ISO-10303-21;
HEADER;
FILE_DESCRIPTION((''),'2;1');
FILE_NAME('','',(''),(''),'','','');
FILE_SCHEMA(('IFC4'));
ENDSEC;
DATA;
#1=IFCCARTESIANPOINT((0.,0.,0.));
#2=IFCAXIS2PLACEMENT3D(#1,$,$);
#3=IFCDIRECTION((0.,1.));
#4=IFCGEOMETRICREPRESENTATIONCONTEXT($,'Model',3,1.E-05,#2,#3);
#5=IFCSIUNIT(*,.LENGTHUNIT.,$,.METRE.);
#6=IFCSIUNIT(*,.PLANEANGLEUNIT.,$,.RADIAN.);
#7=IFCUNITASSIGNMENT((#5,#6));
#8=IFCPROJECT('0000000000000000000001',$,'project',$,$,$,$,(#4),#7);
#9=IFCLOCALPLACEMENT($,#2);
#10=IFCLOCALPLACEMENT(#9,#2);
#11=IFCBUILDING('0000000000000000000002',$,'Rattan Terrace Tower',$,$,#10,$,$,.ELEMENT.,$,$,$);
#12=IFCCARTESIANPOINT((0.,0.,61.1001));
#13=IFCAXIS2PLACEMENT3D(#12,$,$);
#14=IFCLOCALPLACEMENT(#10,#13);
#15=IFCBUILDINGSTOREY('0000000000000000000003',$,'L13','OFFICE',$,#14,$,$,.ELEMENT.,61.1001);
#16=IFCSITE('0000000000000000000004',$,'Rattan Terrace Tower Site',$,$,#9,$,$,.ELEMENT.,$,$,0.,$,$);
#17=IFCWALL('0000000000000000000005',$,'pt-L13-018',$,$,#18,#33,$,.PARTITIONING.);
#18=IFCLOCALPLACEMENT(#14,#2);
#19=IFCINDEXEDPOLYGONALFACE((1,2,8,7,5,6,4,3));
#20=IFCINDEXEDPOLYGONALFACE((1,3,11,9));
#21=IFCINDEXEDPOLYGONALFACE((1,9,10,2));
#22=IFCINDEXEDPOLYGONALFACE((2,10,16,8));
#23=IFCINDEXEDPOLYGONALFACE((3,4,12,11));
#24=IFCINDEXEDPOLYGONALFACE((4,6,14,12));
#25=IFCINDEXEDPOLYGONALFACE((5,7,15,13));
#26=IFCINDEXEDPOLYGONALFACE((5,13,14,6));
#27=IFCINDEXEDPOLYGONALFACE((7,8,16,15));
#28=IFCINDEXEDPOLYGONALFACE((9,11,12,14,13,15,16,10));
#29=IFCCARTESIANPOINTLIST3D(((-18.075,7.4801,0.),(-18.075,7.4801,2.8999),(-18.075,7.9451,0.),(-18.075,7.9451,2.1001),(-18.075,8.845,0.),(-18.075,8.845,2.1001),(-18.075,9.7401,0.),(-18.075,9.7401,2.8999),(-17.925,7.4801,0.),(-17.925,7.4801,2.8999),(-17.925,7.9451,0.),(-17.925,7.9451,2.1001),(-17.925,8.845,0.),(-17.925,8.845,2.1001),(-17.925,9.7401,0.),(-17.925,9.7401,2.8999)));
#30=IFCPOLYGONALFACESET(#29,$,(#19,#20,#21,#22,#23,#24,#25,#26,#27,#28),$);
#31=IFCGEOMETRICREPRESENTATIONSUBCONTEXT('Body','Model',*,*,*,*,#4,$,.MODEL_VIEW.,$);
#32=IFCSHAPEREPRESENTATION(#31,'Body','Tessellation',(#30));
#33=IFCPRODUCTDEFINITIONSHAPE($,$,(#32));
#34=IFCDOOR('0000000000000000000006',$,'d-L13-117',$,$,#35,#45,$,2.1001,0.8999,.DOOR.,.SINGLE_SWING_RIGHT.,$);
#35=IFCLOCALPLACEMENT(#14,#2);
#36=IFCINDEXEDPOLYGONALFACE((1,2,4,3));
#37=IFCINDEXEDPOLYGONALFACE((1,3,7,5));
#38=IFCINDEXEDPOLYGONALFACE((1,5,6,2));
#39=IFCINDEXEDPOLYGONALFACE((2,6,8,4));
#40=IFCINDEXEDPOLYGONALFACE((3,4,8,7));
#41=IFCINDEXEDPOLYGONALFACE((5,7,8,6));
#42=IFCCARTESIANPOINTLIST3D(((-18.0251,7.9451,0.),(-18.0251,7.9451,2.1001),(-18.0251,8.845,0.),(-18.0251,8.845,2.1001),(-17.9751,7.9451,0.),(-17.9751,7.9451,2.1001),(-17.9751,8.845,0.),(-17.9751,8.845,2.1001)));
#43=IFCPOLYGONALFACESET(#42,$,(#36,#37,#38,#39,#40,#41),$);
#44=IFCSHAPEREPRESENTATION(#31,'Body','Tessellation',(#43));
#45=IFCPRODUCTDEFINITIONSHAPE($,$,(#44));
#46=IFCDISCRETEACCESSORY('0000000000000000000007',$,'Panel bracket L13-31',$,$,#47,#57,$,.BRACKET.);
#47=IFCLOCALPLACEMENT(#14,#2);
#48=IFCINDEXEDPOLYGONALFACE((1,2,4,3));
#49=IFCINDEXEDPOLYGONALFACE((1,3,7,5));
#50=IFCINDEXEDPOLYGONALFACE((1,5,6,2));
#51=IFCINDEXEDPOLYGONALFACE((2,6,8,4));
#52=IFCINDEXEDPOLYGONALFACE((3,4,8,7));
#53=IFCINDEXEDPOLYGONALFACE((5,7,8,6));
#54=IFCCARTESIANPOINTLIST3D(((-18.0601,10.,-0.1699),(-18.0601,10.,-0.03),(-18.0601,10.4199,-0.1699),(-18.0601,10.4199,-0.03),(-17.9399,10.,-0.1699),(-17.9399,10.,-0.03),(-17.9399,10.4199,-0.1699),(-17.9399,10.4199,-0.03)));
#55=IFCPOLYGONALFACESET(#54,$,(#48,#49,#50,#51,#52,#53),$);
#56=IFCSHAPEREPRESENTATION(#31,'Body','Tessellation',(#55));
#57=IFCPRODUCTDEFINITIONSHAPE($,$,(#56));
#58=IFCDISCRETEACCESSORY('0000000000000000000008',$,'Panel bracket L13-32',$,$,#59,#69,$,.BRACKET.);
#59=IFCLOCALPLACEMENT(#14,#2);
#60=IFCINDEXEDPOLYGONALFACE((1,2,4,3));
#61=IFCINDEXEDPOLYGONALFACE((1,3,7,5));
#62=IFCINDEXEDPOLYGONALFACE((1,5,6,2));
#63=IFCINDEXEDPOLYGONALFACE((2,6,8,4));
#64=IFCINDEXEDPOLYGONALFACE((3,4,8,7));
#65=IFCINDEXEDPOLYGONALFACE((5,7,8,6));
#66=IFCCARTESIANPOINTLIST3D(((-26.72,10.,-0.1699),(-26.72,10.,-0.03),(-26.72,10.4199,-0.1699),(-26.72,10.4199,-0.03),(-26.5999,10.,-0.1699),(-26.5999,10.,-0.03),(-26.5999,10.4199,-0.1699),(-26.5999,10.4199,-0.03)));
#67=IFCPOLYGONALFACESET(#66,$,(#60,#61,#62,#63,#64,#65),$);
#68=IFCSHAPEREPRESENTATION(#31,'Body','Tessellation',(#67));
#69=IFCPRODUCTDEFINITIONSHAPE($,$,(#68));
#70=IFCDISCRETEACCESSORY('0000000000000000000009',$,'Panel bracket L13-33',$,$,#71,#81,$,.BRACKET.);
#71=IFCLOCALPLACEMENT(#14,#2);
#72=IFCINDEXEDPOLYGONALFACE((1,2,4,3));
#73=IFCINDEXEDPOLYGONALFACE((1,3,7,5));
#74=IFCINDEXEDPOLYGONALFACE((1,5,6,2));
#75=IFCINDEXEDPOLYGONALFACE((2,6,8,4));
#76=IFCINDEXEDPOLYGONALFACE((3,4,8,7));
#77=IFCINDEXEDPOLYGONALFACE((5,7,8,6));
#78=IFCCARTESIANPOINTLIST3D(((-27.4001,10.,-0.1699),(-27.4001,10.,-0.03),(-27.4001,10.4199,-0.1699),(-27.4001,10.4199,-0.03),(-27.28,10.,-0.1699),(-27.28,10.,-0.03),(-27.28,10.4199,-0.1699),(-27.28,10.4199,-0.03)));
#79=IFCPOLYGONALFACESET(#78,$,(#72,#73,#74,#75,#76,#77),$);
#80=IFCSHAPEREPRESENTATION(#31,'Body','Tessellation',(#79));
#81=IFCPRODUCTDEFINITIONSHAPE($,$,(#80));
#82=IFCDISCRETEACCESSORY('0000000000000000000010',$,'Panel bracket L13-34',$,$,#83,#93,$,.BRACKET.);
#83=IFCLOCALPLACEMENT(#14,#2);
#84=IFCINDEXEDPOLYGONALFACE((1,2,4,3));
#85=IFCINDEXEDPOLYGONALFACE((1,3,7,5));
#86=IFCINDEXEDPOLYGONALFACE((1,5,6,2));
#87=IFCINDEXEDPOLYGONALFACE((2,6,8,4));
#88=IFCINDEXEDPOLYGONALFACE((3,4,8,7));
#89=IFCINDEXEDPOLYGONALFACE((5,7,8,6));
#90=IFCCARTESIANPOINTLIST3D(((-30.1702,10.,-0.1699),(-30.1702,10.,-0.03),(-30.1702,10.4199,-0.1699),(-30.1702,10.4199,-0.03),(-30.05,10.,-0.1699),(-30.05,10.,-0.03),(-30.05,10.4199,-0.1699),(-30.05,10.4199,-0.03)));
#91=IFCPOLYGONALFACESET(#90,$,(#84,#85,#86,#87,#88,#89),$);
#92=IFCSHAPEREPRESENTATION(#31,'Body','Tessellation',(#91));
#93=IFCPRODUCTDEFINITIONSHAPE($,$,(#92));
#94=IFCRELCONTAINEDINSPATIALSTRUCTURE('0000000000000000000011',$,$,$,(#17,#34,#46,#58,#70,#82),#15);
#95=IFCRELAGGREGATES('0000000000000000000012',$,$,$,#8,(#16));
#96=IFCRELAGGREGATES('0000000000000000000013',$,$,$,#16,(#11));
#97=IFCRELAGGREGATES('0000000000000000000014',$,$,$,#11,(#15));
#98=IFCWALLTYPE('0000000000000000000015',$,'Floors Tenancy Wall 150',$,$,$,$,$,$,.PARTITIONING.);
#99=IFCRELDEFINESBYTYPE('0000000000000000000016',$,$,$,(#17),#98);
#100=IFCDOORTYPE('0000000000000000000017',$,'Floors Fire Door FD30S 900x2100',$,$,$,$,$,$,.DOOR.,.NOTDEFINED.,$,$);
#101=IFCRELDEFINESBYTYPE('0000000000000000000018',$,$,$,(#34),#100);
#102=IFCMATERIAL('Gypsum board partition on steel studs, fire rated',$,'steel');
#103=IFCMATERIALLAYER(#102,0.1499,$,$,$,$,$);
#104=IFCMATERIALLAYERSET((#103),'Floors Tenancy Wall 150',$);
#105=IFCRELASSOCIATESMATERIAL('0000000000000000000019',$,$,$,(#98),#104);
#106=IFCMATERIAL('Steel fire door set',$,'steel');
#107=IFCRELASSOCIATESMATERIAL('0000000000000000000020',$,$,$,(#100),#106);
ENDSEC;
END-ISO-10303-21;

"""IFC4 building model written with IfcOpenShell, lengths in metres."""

from ifc_helpers import new_model, si_unit, direction, frame, frame_2d, origin, origin_2d, place, context, subcontext, project, spatial, rectangle, extrude, material, layer, layer_set, type_object, element, fill, save


model = new_model("IFC4")

# Units and contexts
model_context = context("Model", 3, precision=1e-05, world=origin(), true_north=direction((0.0, 1.0)))
body_context = subcontext(model_context, "Body", "Model", "MODEL_VIEW")
ifc_project = project(units=[si_unit("LENGTHUNIT", "METRE"), si_unit("PLANEANGLEUNIT", "RADIAN")], contexts=[model_context])

# Site, building, storey
site_placement = place(None, origin())
site = spatial("IfcSite", under=ifc_project, at=site_placement, Name="Rattan Terrace Tower Site", CompositionType="ELEMENT", RefElevation=0.0)
building_placement = place(site_placement, origin())
building = spatial("IfcBuilding", under=site, at=building_placement, Name="Rattan Terrace Tower", CompositionType="ELEMENT")
storey_placement = place(building_placement, frame((0.0, 0.0, 61.1001)))
storey = spatial("IfcBuildingStorey", under=building, at=storey_placement, Name="L13", Description="OFFICE", CompositionType="ELEMENT", Elevation=61.1001)

# Shared definitions
ifc_material_1 = material(Name="Gypsum board partition on steel studs, fire rated", Category="steel")
ifc_layer_1 = layer(ifc_material_1, 0.1499)
ifc_layer_set_1 = layer_set([ifc_layer_1], Name="Floors Tenancy Wall 150")
wall_type_1 = type_object("IfcWallType", Name="Floors Tenancy Wall 150", PredefinedType="PARTITIONING", material=ifc_layer_set_1)

# Wall, opening, door
wall_1_placement = place(storey_placement, frame((-18.0, 9.74, 0.0), z_axis=(0.0, 0.0, 1.0), x_axis=(0.0, -1.0, 0.0)))
wall_1 = element("IfcWall", 1, at=wall_1_placement, inside=storey, type_object=wall_type_1, Name="pt-L13-018", PredefinedType="PARTITIONING", context=body_context, shape_type="SweptSolid", body=[
    extrude(rectangle(XDim=2.26, YDim=0.1499, at=frame_2d((1.1299, 0.0))), origin(), (0.0, 0.0, 1.0), 2.8999),
])
opening_1_placement = place(wall_1_placement, frame((0.895, 0.0, 0.0)))
opening_1 = element("IfcOpeningElement", 2, at=opening_1_placement, cuts=wall_1, PredefinedType="OPENING", context=body_context, shape_type="SweptSolid", body=[
    extrude(rectangle(XDim=0.8999, YDim=2.1001, at=frame_2d((0.45, 1.05))), frame((0.0, 0.0854, 0.0), z_axis=(0.0, -1.0, 0.0), x_axis=(1.0, 0.0, 0.0)), (0.0, 0.0, 1.0), 0.1709),
])
ifc_material_2 = material(Name="Steel fire door set", Category="steel")
door_type_1 = type_object("IfcDoorType", Name="Floors Fire Door FD30S 900x2100", OperationType="NOTDEFINED", PredefinedType="DOOR", material=ifc_material_2)
door_1_placement = place(opening_1_placement, origin())
door_1 = element("IfcDoor", 3, at=door_1_placement, inside=storey, type_object=door_type_1, Name="d-L13-117", OperationType="SINGLE_SWING_RIGHT", OverallHeight=2.1001, OverallWidth=0.8999, PredefinedType="DOOR", context=body_context, shape_type="SweptSolid", body=[
    extrude(rectangle(XDim=0.8999, YDim=2.1001, at=frame_2d((0.45, 1.05))), frame((0.0, 0.0249, 0.0), z_axis=(0.0, -1.0, 0.0), x_axis=(1.0, 0.0, 0.0)), (0.0, 0.0, 1.0), 0.05),
])
fill(opening_1, door_1)

# Discrete accessories
for number, where, z_axis, x_axis, name in (
    (4, (-18.0, 10.21, -0.1699), (0.0, 0.0, 1.0), (-1.0, 0.0, 0.0), "Panel bracket L13-31"),
    (5, (-26.6599, 10.21, -0.1699), (0.0, 0.0, 1.0), (-1.0, 0.0, 0.0), "Panel bracket L13-32"),
    (6, (-27.3401, 10.21, -0.1699), (0.0, 0.0, 1.0), (-1.0, 0.0, 0.0), "Panel bracket L13-33"),
    (7, (-30.1101, 10.21, -0.1699), (0.0, 0.0, 1.0), (-1.0, 0.0, 0.0), "Panel bracket L13-34"),
):
    element("IfcDiscreteAccessory", number, at=place(storey_placement, frame(where, z_axis=z_axis, x_axis=x_axis)), inside=storey, Name=name, PredefinedType="BRACKET", context=body_context, shape_type="SweptSolid", body=[
        extrude(rectangle(XDim=0.1201, YDim=0.4199, at=origin_2d()), origin(), (0.0, 0.0, 1.0), 0.1399),
    ])

save(model, "model.ifc")
